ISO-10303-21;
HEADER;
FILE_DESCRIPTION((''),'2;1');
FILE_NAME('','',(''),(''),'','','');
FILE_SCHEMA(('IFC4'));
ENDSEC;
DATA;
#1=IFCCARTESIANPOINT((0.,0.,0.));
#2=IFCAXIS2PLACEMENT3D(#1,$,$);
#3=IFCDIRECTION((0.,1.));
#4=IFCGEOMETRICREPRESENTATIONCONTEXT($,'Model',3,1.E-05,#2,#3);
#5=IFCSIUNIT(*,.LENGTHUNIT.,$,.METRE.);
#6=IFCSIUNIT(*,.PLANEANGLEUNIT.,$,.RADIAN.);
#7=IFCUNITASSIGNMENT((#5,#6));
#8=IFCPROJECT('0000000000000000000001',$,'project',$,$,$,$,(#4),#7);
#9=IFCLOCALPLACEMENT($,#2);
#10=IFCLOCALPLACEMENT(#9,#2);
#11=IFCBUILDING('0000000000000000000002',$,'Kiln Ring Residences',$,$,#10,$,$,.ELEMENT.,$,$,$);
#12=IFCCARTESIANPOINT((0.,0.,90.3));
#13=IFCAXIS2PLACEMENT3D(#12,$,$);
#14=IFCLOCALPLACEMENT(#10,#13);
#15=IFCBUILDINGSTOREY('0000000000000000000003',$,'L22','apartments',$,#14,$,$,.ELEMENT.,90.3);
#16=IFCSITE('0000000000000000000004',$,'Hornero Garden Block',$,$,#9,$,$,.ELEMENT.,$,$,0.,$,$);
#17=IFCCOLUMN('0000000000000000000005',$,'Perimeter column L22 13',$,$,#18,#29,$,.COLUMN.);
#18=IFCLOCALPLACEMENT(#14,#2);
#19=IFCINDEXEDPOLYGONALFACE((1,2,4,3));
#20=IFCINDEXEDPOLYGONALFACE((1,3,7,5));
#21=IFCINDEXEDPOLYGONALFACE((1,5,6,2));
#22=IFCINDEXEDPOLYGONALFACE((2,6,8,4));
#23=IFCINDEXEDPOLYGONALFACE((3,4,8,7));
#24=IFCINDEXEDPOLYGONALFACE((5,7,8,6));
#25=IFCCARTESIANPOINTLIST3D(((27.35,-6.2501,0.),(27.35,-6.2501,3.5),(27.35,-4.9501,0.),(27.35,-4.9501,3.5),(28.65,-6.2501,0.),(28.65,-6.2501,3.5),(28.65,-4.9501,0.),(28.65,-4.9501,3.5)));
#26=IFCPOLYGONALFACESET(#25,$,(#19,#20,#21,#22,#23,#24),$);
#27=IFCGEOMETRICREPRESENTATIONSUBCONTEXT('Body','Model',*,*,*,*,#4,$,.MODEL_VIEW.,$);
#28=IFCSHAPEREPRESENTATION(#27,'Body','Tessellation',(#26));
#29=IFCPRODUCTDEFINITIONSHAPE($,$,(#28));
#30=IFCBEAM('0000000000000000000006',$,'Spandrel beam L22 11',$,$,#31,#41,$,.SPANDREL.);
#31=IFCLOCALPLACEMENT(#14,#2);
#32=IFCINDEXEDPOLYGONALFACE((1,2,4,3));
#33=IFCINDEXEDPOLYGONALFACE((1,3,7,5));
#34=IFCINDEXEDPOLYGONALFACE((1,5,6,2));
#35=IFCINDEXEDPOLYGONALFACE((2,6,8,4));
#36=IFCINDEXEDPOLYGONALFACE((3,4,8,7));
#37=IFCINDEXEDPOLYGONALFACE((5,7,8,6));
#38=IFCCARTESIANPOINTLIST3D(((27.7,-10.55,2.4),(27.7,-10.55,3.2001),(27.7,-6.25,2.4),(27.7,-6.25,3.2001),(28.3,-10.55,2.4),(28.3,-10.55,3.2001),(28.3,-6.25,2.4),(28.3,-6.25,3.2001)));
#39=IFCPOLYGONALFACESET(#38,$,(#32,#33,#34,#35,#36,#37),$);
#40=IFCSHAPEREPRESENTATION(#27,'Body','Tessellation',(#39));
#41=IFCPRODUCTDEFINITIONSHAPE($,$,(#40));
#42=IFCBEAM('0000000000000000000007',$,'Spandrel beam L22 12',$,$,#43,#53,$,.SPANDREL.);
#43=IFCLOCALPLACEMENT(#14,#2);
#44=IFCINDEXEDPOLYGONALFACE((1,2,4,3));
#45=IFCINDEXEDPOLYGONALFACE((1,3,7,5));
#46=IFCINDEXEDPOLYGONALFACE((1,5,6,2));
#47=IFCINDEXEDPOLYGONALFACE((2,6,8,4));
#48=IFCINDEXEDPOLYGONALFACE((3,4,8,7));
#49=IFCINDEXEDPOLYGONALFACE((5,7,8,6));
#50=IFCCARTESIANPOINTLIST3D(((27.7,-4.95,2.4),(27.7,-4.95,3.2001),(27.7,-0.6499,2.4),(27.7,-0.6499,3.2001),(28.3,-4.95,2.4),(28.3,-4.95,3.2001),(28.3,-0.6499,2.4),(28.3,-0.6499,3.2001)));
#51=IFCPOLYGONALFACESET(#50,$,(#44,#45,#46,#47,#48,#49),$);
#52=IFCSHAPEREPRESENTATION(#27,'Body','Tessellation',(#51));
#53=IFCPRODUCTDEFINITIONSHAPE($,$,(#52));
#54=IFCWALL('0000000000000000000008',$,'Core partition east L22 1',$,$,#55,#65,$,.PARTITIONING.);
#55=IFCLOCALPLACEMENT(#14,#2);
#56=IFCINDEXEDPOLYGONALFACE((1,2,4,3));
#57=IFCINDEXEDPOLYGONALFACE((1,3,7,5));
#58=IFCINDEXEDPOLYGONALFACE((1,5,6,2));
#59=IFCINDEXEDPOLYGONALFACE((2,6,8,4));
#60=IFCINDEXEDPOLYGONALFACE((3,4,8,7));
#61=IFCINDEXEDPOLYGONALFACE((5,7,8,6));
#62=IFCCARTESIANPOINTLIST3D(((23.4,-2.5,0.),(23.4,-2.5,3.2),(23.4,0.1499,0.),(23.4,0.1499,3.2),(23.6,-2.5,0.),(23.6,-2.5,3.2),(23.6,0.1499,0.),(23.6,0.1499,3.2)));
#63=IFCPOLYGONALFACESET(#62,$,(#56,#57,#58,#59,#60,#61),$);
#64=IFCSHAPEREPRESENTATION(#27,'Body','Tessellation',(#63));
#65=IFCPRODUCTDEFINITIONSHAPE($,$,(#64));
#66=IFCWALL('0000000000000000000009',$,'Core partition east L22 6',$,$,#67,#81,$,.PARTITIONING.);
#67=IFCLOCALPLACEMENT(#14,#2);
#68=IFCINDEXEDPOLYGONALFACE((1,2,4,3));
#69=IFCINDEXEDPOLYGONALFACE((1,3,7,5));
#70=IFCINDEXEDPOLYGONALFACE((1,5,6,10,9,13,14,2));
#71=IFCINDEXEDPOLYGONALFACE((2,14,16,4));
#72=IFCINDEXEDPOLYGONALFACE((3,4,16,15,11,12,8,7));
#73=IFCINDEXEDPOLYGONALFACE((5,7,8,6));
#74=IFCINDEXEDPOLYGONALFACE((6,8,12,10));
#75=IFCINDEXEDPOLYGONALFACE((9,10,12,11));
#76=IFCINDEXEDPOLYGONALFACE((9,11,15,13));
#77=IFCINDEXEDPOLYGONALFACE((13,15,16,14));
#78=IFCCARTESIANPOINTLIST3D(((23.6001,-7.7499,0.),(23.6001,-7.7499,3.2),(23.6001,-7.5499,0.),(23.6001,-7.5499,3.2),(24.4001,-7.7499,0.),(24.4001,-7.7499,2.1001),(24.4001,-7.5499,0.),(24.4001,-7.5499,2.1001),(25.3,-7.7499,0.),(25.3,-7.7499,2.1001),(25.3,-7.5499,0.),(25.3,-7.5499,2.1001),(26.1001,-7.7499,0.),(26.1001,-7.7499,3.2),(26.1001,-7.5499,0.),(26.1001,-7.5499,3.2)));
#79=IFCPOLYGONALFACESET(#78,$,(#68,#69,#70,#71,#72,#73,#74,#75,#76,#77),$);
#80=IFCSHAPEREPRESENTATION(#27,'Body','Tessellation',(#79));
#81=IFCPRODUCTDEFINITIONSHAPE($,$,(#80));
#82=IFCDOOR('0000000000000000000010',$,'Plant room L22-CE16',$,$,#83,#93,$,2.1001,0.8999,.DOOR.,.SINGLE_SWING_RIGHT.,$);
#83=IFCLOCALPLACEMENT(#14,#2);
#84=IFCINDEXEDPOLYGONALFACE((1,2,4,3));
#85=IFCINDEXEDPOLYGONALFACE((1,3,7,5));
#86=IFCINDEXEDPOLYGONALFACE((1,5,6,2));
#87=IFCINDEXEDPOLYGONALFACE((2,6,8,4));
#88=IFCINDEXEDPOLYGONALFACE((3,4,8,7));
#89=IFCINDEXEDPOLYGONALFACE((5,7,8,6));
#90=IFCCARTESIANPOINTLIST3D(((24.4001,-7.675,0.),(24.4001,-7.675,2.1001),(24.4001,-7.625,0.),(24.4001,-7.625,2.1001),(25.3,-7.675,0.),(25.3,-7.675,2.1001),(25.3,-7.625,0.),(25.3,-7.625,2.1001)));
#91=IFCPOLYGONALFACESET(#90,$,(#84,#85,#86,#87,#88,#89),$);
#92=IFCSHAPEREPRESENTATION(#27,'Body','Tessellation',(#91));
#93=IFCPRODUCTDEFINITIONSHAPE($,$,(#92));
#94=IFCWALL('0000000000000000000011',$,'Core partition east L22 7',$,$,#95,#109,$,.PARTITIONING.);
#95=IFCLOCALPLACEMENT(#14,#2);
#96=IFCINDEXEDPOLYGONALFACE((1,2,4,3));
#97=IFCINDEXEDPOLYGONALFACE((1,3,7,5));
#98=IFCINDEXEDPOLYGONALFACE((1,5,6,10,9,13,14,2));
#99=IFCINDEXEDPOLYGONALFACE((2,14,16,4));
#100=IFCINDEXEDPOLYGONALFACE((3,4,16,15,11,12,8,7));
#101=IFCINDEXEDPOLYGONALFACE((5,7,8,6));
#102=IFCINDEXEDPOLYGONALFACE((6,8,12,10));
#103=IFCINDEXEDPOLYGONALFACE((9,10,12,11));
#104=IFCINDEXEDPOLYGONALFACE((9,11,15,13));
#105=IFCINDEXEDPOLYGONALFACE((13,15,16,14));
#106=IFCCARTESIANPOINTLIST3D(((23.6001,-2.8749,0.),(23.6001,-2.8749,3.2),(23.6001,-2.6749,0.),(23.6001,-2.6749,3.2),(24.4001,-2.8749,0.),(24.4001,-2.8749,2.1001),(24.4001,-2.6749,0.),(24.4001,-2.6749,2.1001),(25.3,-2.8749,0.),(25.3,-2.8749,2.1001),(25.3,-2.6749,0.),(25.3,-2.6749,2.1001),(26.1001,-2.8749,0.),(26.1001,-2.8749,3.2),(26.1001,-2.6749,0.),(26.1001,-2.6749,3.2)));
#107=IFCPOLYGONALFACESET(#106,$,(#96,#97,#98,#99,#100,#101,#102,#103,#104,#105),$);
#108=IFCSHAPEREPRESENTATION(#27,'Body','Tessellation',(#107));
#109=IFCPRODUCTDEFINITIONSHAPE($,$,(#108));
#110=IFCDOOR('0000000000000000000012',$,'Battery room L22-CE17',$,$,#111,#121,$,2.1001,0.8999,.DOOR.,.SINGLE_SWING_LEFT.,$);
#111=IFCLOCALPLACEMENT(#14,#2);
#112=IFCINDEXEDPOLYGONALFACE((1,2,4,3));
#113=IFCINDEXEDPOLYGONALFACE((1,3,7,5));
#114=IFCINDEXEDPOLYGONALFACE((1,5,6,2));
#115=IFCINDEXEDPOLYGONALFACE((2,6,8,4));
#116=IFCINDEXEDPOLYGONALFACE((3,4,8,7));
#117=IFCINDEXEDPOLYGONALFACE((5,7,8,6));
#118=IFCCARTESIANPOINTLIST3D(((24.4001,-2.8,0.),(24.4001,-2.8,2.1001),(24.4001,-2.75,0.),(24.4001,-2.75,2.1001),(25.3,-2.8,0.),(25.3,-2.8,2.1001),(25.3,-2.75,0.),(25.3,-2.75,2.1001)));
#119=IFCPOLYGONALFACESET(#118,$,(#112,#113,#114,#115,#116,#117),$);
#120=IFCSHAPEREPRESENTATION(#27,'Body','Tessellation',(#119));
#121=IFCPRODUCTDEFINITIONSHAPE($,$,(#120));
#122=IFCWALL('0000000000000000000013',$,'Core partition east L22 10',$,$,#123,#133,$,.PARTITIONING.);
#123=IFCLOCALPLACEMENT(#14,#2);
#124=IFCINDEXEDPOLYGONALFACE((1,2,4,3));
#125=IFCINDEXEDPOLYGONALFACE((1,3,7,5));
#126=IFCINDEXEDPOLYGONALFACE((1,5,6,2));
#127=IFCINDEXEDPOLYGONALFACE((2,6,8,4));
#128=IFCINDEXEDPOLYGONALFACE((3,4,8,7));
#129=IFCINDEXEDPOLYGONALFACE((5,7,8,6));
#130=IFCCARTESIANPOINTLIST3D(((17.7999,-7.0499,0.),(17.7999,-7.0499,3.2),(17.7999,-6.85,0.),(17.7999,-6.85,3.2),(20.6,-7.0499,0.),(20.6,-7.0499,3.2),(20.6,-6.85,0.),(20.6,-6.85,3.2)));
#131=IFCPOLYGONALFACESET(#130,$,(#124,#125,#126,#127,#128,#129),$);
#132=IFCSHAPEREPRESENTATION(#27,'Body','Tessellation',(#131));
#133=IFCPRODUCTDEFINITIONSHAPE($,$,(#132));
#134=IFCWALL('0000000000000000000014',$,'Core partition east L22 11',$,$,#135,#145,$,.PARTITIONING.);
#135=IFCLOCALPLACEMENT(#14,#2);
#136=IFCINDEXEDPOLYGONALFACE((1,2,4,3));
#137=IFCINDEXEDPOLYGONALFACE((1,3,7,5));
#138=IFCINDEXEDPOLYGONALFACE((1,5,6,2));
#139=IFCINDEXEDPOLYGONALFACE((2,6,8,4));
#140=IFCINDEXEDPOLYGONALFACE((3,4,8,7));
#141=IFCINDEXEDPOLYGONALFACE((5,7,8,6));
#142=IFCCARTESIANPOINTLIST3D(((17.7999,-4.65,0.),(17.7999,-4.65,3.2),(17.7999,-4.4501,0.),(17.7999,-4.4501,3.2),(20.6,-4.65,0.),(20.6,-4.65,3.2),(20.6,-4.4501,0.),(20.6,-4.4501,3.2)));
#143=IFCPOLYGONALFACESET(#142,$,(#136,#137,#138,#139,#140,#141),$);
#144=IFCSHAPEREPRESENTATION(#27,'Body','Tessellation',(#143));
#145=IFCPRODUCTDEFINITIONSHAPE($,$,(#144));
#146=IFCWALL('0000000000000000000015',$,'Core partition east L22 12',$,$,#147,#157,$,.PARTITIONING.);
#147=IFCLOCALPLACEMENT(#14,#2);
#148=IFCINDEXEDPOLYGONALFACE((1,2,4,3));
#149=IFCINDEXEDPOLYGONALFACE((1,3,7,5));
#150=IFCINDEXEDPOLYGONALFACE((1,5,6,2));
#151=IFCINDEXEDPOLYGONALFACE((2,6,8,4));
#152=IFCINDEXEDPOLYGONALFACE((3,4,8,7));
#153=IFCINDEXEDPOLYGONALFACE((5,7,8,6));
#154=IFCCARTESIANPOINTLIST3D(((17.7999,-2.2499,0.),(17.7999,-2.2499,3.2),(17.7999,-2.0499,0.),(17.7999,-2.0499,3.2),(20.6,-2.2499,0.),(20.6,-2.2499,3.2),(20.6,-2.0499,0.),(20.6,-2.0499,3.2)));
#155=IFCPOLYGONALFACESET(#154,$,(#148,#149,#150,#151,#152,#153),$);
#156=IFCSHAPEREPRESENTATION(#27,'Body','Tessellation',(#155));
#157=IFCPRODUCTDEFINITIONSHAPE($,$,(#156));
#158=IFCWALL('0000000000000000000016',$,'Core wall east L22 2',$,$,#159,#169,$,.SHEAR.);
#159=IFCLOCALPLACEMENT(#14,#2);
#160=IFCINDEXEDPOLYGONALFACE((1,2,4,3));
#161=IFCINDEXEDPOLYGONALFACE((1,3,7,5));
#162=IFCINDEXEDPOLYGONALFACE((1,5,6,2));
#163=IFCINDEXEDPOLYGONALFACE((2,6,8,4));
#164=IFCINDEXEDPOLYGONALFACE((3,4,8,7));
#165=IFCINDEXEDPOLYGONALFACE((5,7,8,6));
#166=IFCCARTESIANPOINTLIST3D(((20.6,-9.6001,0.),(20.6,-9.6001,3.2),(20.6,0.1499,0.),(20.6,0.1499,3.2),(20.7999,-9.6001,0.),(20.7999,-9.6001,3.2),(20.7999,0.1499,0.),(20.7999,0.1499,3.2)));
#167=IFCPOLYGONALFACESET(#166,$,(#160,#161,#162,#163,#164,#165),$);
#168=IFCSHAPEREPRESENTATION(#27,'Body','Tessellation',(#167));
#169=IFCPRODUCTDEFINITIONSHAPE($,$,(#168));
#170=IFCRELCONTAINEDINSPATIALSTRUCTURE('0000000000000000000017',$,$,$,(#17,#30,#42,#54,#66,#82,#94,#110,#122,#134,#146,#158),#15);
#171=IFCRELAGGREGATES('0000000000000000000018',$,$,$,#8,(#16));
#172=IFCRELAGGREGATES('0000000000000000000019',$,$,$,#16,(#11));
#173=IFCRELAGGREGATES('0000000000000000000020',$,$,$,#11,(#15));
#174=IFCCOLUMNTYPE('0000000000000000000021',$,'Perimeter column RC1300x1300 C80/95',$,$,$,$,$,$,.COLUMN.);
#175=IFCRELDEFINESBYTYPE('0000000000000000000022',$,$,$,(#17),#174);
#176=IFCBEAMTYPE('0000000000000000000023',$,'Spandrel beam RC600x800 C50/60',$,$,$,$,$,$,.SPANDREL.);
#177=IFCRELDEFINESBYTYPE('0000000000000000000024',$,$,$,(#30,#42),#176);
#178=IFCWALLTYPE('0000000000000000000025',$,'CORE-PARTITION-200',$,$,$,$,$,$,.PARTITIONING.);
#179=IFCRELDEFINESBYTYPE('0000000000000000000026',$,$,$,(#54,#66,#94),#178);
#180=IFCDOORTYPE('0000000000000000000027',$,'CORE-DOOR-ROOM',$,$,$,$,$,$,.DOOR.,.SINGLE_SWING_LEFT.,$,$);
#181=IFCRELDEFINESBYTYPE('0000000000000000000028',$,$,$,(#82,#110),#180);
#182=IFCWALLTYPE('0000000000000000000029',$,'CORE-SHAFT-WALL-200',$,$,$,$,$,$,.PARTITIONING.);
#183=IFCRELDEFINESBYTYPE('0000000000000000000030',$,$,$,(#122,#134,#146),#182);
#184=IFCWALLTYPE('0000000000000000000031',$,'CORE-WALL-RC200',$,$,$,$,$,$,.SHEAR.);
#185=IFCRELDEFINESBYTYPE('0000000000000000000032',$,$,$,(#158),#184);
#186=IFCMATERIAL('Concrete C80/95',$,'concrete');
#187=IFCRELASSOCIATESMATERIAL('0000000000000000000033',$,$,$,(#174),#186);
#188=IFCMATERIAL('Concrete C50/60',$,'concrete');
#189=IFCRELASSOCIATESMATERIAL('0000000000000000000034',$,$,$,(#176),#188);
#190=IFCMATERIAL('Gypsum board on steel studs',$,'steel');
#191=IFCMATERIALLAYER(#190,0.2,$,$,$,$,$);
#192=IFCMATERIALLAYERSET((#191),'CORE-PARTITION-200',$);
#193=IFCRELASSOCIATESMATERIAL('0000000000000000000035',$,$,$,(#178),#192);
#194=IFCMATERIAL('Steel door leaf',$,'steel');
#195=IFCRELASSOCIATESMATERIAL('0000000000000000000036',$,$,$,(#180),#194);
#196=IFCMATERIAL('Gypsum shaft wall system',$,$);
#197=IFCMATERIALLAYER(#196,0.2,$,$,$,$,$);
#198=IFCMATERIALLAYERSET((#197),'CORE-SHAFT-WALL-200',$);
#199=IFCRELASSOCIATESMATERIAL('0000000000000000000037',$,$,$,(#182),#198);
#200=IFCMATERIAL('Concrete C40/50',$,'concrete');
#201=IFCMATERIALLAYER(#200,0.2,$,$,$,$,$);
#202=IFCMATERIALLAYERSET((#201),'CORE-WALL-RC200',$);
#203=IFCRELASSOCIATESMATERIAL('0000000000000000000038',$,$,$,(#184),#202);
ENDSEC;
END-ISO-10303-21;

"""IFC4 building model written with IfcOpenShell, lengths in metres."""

from ifc_helpers import new_model, si_unit, direction, frame, frame_2d, origin, origin_2d, place, context, subcontext, project, spatial, rectangle, extrude, material, layer, layer_set, material_profile, profile_set, type_object, element, fill, save


model = new_model("IFC4")

# Units and contexts
model_context = context("Model", 3, precision=1e-05, world=origin(), true_north=direction((0.0, 1.0)))
body_context = subcontext(model_context, "Body", "Model", "MODEL_VIEW")
ifc_project = project(units=[si_unit("LENGTHUNIT", "METRE"), si_unit("PLANEANGLEUNIT", "RADIAN")], contexts=[model_context])

# Site, building, storey
site_placement = place(None, origin())
site = spatial("IfcSite", under=ifc_project, at=site_placement, Name="Hornero Garden Block", CompositionType="ELEMENT", RefElevation=0.0)
building_placement = place(site_placement, origin())
building = spatial("IfcBuilding", under=site, at=building_placement, Name="Kiln Ring Residences", CompositionType="ELEMENT")
storey_placement = place(building_placement, frame((0.0, 0.0, 90.3)))
storey = spatial("IfcBuildingStorey", under=building, at=storey_placement, Name="L22", Description="apartments", CompositionType="ELEMENT", Elevation=90.3)

# Column
ifc_material_1 = material(Name="Concrete C80/95", Category="concrete")
ifc_material_profile_1 = material_profile(ifc_material_1, rectangle(XDim=1.3, YDim=1.3, at=origin_2d()), Name="RC1300x1300")
ifc_profile_set_1 = profile_set([ifc_material_profile_1], Name="Concrete C80/95")
column_type = type_object("IfcColumnType", Name="Perimeter column RC1300x1300 C80/95", PredefinedType="COLUMN", material=ifc_profile_set_1)
column_placement = place(storey_placement, frame((28.0, -5.6001, 0.0), z_axis=(0.0, 0.0, 1.0), x_axis=(1.0, 0.0, 0.0)))
element("IfcColumn", 1, at=column_placement, inside=storey, type_object=column_type, Name="Perimeter column L22 13", PredefinedType="COLUMN", context=body_context, shape_type="SweptSolid", body=[
    extrude(rectangle(XDim=1.3, YDim=1.3, at=origin_2d()), origin(), (0.0, 0.0, 1.0), 3.5),
])

# Beams
ifc_material_2 = material(Name="Concrete C50/60", Category="concrete")
ifc_material_profile_2 = material_profile(ifc_material_2, rectangle(XDim=0.6001, YDim=0.8, at=origin_2d()), Name="RC600x800")
ifc_profile_set_2 = profile_set([ifc_material_profile_2], Name="Concrete C50/60")
beam_type = type_object("IfcBeamType", Name="Spandrel beam RC600x800 C50/60", PredefinedType="SPANDREL", material=ifc_profile_set_2)
for number, where, z_axis, x_axis, name in (
    (2, (28.0, -10.55, 2.8), (0.0, 1.0, 0.0), (-1.0, 0.0, 0.0), "Spandrel beam L22 11"),
    (3, (28.0, -4.95, 2.8), (0.0, 1.0, 0.0), (-1.0, 0.0, 0.0), "Spandrel beam L22 12"),
):
    element("IfcBeam", number, at=place(storey_placement, frame(where, z_axis=z_axis, x_axis=x_axis)), inside=storey, type_object=beam_type, Name=name, PredefinedType="SPANDREL", context=body_context, shape_type="SweptSolid", body=[
        extrude(rectangle(XDim=0.6001, YDim=0.8, at=origin_2d()), origin(), (0.0, 0.0, 1.0), 4.3),
    ])

# Wall
ifc_material_3 = material(Name="Gypsum board on steel studs", Category="steel")
ifc_layer_1 = layer(ifc_material_3, 0.2)
ifc_layer_set_1 = layer_set([ifc_layer_1], Name="CORE-PARTITION-200")
wall_type_1 = type_object("IfcWallType", Name="CORE-PARTITION-200", PredefinedType="PARTITIONING", material=ifc_layer_set_1)
wall_1_placement = place(storey_placement, frame((23.5, -2.5, 0.0), z_axis=(0.0, 0.0, 1.0), x_axis=(0.0, 1.0, 0.0)))
element("IfcWall", 4, at=wall_1_placement, inside=storey, type_object=wall_type_1, Name="Core partition east L22 1", PredefinedType="PARTITIONING", context=body_context, shape_type="SweptSolid", body=[
    extrude(rectangle(XDim=2.6499, YDim=0.2, at=frame_2d((1.325, 0.0))), origin(), (0.0, 0.0, 1.0), 3.2),
])

# Walls, openings, doors
wall_2_placement = place(storey_placement, frame((23.6001, -7.6499, 0.0), z_axis=(0.0, 0.0, 1.0), x_axis=(1.0, 0.0, 0.0)))
wall_2 = element("IfcWall", 5, at=wall_2_placement, inside=storey, type_object=wall_type_1, Name="Core partition east L22 6", PredefinedType="PARTITIONING", context=body_context, shape_type="SweptSolid", body=[
    extrude(rectangle(XDim=2.5, YDim=0.2, at=frame_2d((1.25, 0.0))), origin(), (0.0, 0.0, 1.0), 3.2),
])
opening_1_placement = place(wall_2_placement, frame((0.8, 0.0, 0.0)))
opening_1 = element("IfcOpeningElement", 6, at=opening_1_placement, cuts=wall_2, PredefinedType="OPENING", context=body_context, shape_type="SweptSolid", body=[
    extrude(rectangle(XDim=0.8999, YDim=2.1001, at=frame_2d((0.45, 1.05))), frame((0.0, 0.1099, 0.0), z_axis=(0.0, -1.0, 0.0), x_axis=(1.0, 0.0, 0.0)), (0.0, 0.0, 1.0), 0.22),
])
ifc_material_4 = material(Name="Steel door leaf", Category="steel")
door_type_1 = type_object("IfcDoorType", Name="CORE-DOOR-ROOM", OperationType="SINGLE_SWING_LEFT", PredefinedType="DOOR", material=ifc_material_4)
door_1_placement = place(opening_1_placement, origin())
door_1 = element("IfcDoor", 7, at=door_1_placement, inside=storey, type_object=door_type_1, Name="Plant room L22-CE16", OperationType="SINGLE_SWING_RIGHT", OverallHeight=2.1001, OverallWidth=0.8999, PredefinedType="DOOR", context=body_context, shape_type="SweptSolid", body=[
    extrude(rectangle(XDim=0.8999, YDim=2.1001, at=frame_2d((0.45, 1.05))), frame((0.0, 0.0249, 0.0), z_axis=(0.0, -1.0, 0.0), x_axis=(1.0, 0.0, 0.0)), (0.0, 0.0, 1.0), 0.05),
])
fill(opening_1, door_1)
wall_3_placement = place(storey_placement, frame((23.6001, -2.7749, 0.0), z_axis=(0.0, 0.0, 1.0), x_axis=(1.0, 0.0, 0.0)))
wall_3 = element("IfcWall", 8, at=wall_3_placement, inside=storey, type_object=wall_type_1, Name="Core partition east L22 7", PredefinedType="PARTITIONING", context=body_context, shape_type="SweptSolid", body=[
    extrude(rectangle(XDim=2.5, YDim=0.2, at=frame_2d((1.25, 0.0))), origin(), (0.0, 0.0, 1.0), 3.2),
])
opening_2_placement = place(wall_3_placement, frame((0.8, 0.0, 0.0)))
opening_2 = element("IfcOpeningElement", 9, at=opening_2_placement, cuts=wall_3, PredefinedType="OPENING", context=body_context, shape_type="SweptSolid", body=[
    extrude(rectangle(XDim=0.8999, YDim=2.1001, at=frame_2d((0.45, 1.05))), frame((0.0, 0.1099, 0.0), z_axis=(0.0, -1.0, 0.0), x_axis=(1.0, 0.0, 0.0)), (0.0, 0.0, 1.0), 0.22),
])
door_2_placement = place(opening_2_placement, origin())
door_2 = element("IfcDoor", 10, at=door_2_placement, inside=storey, type_object=door_type_1, Name="Battery room L22-CE17", OperationType="SINGLE_SWING_LEFT", OverallHeight=2.1001, OverallWidth=0.8999, PredefinedType="DOOR", context=body_context, shape_type="SweptSolid", body=[
    extrude(rectangle(XDim=0.8999, YDim=2.1001, at=frame_2d((0.45, 1.05))), frame((0.0, 0.0249, 0.0), z_axis=(0.0, -1.0, 0.0), x_axis=(1.0, 0.0, 0.0)), (0.0, 0.0, 1.0), 0.05),
])
fill(opening_2, door_2)

# Walls
ifc_material_5 = material(Name="Gypsum shaft wall system")
ifc_layer_2 = layer(ifc_material_5, 0.2)
ifc_layer_set_2 = layer_set([ifc_layer_2], Name="CORE-SHAFT-WALL-200")
wall_type_2 = type_object("IfcWallType", Name="CORE-SHAFT-WALL-200", PredefinedType="PARTITIONING", material=ifc_layer_set_2)
for number, where, z_axis, x_axis, name in (
    (11, (17.8, -6.95, 0.0), (0.0, 0.0, 1.0), (1.0, 0.0, 0.0), "Core partition east L22 10"),
    (12, (17.8, -4.55, 0.0), (0.0, 0.0, 1.0), (1.0, 0.0, 0.0), "Core partition east L22 11"),
    (13, (17.8, -2.1499, 0.0), (0.0, 0.0, 1.0), (1.0, 0.0, 0.0), "Core partition east L22 12"),
):
    element("IfcWall", number, at=place(storey_placement, frame(where, z_axis=z_axis, x_axis=x_axis)), inside=storey, type_object=wall_type_2, Name=name, PredefinedType="PARTITIONING", context=body_context, shape_type="SweptSolid", body=[
        extrude(rectangle(XDim=2.8, YDim=0.2, at=frame_2d((1.3999, 0.0))), origin(), (0.0, 0.0, 1.0), 3.2),
    ])
ifc_material_6 = material(Name="Concrete C40/50", Category="concrete")
ifc_layer_3 = layer(ifc_material_6, 0.2)
ifc_layer_set_3 = layer_set([ifc_layer_3], Name="CORE-WALL-RC200")
wall_type_3 = type_object("IfcWallType", Name="CORE-WALL-RC200", PredefinedType="SHEAR", material=ifc_layer_set_3)
wall_4_placement = place(storey_placement, frame((20.7, -9.6001, 0.0), z_axis=(0.0, 0.0, 1.0), x_axis=(0.0, 1.0, 0.0)))
element("IfcWall", 14, at=wall_4_placement, inside=storey, type_object=wall_type_3, Name="Core wall east L22 2", PredefinedType="SHEAR", context=body_context, shape_type="SweptSolid", body=[
    extrude(rectangle(XDim=9.75, YDim=0.2, at=frame_2d((4.875, 0.0))), origin(), (0.0, 0.0, 1.0), 3.2),
])

save(model, "model.ifc")
